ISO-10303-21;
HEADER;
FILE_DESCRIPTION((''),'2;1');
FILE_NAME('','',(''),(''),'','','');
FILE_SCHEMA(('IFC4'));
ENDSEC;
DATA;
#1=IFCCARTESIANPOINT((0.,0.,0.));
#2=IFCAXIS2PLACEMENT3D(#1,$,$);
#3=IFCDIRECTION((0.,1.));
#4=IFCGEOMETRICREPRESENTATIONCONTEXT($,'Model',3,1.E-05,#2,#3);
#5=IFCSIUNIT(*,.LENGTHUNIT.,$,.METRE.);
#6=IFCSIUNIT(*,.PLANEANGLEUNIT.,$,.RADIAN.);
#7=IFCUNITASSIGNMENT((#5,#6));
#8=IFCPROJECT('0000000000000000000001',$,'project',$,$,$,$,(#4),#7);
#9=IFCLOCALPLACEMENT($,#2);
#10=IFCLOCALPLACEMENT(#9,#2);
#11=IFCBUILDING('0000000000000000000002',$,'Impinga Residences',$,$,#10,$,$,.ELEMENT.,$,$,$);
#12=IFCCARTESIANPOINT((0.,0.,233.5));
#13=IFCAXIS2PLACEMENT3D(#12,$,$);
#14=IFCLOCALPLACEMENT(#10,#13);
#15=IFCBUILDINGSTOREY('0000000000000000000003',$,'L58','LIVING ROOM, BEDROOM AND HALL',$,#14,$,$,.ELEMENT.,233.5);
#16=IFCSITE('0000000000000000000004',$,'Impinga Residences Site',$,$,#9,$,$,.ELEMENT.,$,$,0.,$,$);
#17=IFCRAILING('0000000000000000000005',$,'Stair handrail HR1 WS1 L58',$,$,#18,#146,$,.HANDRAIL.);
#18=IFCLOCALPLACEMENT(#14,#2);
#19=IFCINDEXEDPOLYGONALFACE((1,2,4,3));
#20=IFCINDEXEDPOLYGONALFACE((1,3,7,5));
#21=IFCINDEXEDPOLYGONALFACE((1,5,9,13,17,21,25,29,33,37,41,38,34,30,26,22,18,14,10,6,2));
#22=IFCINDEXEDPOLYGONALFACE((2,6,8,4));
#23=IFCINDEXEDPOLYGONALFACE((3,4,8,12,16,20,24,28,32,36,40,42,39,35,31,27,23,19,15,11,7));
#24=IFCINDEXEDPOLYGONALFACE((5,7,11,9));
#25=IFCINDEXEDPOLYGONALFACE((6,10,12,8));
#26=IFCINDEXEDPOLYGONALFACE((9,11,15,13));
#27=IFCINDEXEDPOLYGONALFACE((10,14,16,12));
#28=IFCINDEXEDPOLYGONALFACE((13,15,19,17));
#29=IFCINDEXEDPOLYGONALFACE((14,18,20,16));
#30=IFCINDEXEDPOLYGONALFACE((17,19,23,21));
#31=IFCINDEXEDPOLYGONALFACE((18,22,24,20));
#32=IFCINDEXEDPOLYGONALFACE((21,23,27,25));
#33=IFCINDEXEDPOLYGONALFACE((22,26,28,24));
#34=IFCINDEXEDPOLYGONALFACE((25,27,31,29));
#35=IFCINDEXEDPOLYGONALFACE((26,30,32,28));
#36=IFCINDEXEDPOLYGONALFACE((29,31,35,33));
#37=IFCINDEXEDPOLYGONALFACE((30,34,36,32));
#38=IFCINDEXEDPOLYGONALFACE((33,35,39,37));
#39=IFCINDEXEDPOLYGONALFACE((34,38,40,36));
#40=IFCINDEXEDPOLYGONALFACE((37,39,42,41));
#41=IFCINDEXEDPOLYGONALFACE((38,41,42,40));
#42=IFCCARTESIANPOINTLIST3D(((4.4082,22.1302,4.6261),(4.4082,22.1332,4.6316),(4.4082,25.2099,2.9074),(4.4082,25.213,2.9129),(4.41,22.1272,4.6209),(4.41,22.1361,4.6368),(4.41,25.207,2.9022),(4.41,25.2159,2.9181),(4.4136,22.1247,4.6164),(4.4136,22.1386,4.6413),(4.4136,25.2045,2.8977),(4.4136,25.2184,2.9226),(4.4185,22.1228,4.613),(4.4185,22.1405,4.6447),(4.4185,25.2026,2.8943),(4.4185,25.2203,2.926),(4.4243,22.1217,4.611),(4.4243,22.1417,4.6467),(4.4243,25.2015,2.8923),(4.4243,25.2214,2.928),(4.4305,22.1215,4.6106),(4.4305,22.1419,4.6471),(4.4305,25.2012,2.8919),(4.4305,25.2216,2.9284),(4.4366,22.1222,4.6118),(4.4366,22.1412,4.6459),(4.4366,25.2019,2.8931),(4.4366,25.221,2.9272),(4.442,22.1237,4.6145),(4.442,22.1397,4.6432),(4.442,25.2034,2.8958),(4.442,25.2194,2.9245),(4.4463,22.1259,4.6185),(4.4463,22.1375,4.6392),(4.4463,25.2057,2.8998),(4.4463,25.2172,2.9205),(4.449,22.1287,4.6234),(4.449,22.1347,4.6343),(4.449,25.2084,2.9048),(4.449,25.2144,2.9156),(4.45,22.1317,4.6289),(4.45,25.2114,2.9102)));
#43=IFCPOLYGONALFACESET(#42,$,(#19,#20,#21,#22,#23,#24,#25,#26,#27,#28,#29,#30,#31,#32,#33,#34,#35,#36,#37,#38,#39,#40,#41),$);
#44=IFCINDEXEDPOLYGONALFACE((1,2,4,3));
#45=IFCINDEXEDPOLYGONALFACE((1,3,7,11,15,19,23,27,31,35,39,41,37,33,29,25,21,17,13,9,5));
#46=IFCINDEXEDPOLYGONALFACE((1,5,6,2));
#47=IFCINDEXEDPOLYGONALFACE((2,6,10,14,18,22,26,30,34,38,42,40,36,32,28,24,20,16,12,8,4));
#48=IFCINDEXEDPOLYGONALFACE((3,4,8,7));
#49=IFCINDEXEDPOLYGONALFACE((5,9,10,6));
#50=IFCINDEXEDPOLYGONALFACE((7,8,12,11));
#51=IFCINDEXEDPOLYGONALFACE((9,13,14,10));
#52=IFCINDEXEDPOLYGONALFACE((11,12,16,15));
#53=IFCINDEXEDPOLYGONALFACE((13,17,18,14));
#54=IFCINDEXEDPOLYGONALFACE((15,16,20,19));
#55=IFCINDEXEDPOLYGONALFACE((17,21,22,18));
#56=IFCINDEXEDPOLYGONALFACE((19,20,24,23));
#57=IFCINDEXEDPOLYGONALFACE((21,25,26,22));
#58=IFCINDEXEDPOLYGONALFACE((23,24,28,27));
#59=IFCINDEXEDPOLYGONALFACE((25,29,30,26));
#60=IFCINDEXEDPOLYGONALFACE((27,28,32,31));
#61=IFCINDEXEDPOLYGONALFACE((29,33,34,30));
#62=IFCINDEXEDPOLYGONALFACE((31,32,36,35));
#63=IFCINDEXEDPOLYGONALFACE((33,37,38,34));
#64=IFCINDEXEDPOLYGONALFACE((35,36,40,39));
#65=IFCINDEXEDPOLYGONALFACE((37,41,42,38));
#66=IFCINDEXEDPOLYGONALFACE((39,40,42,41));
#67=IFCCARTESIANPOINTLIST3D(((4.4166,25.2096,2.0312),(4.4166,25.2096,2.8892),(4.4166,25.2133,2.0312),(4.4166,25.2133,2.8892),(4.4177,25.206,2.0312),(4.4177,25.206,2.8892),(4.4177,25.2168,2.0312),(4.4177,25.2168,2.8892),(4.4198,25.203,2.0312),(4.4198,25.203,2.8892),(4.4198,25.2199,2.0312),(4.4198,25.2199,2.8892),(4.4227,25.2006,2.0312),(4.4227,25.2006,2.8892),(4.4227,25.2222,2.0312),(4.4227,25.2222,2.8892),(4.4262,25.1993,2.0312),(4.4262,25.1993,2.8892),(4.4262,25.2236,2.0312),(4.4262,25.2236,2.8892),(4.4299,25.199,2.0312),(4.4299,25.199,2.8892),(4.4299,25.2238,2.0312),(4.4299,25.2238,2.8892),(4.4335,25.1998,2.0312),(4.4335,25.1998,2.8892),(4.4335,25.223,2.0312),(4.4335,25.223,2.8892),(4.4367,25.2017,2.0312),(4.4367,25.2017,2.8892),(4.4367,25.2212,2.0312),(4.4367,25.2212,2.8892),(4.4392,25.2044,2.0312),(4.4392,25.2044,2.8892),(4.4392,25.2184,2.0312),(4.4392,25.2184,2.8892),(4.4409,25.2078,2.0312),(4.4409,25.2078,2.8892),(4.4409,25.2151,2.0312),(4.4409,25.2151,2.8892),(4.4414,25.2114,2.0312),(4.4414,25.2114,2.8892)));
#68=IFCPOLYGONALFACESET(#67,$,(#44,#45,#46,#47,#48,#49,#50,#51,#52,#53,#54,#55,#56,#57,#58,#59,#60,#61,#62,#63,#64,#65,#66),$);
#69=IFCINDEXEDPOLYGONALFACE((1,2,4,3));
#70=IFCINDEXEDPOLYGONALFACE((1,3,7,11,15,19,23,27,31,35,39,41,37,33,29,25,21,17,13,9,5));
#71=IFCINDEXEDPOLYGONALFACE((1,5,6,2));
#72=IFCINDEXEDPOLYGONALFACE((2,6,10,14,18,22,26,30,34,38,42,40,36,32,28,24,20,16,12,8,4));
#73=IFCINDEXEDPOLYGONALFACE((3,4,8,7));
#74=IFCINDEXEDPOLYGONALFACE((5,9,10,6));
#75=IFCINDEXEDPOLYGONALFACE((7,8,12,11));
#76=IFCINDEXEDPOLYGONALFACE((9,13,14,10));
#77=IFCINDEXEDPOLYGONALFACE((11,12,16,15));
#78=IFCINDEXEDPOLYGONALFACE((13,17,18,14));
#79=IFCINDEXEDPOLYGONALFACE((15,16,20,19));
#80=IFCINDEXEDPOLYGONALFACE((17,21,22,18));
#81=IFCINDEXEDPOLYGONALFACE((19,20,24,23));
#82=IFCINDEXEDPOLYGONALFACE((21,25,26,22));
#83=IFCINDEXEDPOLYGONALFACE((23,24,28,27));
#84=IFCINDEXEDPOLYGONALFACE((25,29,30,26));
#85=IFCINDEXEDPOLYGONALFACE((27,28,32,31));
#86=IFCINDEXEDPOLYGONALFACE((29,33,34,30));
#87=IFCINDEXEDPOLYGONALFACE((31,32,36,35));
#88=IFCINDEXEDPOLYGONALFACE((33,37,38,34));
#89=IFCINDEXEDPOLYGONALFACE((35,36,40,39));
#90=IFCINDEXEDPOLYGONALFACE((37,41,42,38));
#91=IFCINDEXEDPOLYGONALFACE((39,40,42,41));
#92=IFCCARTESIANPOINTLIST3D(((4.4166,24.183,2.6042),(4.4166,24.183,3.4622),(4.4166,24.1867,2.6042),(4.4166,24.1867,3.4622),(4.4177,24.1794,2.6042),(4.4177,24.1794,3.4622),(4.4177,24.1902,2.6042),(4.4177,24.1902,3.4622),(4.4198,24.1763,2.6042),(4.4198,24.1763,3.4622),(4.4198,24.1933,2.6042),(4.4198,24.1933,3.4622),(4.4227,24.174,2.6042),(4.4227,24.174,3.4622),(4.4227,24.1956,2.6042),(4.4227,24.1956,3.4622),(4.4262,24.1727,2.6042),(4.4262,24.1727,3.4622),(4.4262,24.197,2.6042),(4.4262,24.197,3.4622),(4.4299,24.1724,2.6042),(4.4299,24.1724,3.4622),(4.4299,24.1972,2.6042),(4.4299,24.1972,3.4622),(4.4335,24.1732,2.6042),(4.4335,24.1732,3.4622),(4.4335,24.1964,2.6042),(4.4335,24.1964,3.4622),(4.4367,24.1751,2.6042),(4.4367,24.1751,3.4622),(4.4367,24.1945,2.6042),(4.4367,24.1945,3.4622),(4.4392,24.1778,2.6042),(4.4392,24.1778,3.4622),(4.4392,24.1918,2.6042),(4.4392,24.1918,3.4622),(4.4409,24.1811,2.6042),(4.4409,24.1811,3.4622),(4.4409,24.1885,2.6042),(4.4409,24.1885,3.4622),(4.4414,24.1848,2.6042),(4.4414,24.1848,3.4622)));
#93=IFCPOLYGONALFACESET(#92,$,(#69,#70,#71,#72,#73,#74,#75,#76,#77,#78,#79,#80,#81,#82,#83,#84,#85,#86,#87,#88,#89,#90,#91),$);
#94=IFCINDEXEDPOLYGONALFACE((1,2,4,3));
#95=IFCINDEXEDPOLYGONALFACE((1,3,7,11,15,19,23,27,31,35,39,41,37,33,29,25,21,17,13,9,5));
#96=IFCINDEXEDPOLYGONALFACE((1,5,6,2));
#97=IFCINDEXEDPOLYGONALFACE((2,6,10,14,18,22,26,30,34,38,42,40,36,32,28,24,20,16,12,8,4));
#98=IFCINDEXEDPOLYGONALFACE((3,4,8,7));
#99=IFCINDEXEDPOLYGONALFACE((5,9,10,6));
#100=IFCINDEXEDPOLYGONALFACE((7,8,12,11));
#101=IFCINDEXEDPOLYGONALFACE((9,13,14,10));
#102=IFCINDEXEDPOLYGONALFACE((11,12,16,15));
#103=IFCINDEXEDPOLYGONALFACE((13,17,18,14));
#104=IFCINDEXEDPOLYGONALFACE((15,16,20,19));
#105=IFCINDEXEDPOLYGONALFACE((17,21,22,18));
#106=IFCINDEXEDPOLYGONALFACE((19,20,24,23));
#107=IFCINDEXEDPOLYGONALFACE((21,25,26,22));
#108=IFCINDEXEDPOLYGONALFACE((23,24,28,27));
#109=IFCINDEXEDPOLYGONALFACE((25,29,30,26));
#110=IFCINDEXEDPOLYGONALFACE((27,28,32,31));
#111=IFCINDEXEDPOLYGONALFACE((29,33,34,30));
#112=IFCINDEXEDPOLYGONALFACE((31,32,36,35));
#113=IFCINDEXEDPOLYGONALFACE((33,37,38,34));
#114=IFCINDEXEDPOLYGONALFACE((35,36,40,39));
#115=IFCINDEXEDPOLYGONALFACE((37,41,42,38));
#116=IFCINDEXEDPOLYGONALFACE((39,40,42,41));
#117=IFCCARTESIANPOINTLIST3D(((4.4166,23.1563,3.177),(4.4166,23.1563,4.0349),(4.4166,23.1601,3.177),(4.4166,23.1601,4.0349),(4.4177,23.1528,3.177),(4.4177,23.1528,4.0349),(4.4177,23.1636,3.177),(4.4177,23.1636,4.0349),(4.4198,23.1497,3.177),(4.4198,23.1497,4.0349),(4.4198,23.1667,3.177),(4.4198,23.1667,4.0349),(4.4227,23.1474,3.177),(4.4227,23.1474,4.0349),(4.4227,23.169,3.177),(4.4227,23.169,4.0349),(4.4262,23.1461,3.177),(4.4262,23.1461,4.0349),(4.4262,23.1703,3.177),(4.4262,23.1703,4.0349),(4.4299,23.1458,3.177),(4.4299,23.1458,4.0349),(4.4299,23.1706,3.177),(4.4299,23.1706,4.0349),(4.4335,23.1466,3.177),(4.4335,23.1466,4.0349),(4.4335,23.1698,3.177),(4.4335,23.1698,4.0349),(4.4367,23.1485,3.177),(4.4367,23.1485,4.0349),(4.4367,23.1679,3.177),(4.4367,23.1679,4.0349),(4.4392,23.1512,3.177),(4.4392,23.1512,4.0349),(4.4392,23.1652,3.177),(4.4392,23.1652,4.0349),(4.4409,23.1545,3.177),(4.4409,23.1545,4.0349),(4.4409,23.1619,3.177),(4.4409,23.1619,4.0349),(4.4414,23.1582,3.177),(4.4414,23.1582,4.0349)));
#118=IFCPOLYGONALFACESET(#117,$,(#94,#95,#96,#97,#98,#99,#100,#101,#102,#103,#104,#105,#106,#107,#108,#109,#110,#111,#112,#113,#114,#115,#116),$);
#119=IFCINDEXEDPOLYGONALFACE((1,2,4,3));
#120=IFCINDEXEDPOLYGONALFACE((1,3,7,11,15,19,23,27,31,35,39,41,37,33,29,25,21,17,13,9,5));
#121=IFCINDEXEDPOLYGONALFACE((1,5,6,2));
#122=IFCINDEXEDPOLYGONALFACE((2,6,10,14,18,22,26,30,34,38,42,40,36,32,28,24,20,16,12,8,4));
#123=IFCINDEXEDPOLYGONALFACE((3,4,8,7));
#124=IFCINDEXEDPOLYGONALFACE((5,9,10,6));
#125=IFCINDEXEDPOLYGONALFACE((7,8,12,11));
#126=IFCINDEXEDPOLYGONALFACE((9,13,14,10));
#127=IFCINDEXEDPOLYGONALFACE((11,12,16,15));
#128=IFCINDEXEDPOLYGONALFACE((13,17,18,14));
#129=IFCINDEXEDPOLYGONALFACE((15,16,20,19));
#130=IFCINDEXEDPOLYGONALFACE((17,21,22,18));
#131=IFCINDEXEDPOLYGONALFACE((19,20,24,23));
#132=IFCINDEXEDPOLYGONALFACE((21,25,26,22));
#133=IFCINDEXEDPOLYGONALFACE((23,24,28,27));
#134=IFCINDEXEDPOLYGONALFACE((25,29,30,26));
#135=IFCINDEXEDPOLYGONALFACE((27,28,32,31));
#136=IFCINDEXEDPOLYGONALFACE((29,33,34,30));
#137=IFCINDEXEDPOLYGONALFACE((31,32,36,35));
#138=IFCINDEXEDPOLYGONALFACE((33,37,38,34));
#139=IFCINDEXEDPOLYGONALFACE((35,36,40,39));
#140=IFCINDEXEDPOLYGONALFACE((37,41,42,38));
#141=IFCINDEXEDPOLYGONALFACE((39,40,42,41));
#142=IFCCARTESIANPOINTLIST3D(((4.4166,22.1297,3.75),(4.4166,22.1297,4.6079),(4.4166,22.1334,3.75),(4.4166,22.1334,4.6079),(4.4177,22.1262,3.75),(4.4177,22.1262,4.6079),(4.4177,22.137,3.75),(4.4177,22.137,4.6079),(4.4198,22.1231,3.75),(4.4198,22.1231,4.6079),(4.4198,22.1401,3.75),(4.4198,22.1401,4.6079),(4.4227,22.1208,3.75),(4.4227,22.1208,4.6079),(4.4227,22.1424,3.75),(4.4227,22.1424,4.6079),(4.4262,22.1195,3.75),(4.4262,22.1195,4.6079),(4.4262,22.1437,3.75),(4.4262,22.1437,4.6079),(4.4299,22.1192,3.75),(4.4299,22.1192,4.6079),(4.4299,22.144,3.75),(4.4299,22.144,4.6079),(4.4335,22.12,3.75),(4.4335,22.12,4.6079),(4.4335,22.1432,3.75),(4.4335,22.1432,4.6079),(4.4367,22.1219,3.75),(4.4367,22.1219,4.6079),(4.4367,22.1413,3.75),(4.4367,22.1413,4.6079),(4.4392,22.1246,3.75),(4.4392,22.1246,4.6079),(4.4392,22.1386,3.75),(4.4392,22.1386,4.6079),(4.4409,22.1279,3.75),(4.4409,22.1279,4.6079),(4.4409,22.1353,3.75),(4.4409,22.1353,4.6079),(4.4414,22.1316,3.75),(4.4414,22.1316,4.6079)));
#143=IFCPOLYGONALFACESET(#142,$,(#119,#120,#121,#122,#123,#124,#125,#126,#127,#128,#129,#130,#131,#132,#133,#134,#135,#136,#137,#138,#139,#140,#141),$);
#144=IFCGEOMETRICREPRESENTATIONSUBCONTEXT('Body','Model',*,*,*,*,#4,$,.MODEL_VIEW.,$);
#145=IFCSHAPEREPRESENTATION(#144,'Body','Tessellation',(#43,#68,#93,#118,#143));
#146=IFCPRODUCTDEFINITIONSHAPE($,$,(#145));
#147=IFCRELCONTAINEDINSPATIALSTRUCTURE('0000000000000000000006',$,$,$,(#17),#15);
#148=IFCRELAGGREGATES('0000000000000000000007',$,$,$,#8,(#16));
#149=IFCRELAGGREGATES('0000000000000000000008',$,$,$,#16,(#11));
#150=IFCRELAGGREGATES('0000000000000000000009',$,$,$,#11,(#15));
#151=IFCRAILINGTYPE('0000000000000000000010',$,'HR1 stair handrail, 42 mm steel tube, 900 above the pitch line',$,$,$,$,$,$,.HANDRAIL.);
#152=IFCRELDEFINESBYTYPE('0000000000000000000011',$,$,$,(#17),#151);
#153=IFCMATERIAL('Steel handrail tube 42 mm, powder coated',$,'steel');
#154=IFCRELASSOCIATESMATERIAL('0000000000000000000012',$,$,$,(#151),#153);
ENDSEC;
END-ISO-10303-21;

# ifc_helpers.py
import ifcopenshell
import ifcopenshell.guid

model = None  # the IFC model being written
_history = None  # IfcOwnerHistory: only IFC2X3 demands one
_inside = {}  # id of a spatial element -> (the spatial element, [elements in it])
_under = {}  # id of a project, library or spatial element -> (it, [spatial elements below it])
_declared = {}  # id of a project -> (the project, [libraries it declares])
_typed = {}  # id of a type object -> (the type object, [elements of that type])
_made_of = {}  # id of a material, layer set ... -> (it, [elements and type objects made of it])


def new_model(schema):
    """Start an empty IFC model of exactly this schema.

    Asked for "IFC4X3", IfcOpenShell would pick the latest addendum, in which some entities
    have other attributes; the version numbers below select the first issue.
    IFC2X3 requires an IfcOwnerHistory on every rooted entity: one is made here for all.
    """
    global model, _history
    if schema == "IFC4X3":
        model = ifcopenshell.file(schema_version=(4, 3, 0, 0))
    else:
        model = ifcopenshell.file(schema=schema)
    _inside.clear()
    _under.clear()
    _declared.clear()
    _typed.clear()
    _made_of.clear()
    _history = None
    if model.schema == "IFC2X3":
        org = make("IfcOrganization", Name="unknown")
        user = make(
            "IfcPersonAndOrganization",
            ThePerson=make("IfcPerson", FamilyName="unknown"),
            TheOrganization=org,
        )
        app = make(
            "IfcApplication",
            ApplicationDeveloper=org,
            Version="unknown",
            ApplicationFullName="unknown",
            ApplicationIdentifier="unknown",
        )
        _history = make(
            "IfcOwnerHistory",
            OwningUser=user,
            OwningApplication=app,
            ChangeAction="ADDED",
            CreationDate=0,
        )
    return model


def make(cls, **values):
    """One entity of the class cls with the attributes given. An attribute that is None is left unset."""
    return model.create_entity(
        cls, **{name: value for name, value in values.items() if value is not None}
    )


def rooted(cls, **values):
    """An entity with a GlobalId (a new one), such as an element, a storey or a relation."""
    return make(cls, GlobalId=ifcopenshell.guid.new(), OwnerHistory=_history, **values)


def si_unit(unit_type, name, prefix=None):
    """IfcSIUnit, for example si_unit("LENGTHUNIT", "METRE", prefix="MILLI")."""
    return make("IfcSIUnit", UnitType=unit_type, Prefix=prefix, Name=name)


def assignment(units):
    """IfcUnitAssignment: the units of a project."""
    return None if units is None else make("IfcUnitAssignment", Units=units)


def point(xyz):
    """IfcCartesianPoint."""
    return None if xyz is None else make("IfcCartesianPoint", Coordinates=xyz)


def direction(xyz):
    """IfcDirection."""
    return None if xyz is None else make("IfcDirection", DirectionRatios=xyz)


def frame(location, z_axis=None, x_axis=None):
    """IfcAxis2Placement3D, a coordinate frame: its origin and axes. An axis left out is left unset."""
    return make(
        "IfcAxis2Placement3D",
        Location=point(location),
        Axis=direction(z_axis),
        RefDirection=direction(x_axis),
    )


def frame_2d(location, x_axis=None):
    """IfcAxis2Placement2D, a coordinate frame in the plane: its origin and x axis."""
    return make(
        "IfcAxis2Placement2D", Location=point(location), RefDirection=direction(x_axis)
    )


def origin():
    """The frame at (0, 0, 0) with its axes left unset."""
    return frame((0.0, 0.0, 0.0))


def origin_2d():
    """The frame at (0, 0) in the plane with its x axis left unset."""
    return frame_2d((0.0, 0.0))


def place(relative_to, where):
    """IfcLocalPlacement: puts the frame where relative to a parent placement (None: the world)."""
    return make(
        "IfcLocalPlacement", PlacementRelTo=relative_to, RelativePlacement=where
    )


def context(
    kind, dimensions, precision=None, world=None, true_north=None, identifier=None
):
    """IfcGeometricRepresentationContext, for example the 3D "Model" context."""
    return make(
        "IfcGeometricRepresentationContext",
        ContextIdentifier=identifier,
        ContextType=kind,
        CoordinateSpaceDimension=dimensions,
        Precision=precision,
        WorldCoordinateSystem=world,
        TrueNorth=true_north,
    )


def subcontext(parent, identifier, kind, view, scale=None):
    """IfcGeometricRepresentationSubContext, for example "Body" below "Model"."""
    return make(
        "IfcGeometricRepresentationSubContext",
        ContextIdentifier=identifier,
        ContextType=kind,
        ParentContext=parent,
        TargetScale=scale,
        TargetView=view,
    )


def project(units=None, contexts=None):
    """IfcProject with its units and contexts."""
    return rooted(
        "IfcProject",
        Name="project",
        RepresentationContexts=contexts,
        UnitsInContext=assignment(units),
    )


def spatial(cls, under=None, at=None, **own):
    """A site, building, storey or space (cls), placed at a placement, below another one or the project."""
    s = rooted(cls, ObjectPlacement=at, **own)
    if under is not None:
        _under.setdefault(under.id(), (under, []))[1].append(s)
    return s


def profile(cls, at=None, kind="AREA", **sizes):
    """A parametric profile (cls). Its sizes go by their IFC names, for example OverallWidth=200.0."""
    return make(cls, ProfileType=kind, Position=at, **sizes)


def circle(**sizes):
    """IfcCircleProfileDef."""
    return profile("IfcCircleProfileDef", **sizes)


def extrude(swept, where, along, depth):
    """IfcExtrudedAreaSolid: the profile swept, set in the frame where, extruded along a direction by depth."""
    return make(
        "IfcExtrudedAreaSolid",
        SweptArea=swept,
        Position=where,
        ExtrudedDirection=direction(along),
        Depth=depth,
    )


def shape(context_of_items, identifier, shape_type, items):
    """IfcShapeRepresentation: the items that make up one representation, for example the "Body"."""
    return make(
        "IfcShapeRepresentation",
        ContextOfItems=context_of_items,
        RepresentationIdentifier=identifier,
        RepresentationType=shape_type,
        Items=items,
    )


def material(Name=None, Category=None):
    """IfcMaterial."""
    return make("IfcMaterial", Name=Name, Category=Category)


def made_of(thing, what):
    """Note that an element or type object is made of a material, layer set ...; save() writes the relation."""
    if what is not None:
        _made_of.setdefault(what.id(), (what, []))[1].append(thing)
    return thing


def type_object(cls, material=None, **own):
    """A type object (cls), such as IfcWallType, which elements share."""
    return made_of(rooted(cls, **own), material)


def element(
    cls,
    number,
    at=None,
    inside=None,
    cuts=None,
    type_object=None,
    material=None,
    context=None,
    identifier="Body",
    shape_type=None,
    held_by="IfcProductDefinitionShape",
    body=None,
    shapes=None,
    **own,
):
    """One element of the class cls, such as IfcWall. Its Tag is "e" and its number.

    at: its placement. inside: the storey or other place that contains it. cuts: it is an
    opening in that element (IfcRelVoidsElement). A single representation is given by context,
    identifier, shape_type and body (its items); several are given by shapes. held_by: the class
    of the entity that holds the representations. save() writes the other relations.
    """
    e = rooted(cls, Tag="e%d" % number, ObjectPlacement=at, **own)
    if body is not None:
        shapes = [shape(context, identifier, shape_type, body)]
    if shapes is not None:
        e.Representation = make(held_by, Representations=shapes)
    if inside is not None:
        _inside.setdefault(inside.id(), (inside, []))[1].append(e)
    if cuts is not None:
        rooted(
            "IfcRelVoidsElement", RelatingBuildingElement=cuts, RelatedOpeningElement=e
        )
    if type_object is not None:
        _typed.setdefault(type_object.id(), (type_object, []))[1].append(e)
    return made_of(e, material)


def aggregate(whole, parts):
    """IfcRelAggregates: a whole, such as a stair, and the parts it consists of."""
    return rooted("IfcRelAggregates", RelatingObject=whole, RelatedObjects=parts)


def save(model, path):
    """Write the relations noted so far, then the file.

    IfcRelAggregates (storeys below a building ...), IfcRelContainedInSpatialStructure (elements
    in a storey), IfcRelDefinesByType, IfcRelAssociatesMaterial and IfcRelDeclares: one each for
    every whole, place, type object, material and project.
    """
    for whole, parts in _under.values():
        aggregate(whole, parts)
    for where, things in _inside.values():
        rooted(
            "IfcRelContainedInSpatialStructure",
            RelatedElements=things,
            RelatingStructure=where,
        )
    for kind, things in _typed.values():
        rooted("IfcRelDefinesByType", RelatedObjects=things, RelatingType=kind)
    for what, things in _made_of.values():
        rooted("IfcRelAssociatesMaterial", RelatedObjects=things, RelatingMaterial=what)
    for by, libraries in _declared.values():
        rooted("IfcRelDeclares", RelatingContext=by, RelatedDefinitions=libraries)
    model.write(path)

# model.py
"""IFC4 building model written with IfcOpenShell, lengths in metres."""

from ifc_helpers import new_model, si_unit, direction, frame, origin, origin_2d, place, context, subcontext, project, spatial, circle, extrude, material, type_object, element, save


model = new_model("IFC4")

# Units and contexts
model_context = context("Model", 3, precision=1e-05, world=origin(), true_north=direction((0.0, 1.0)))
body_context = subcontext(model_context, "Body", "Model", "MODEL_VIEW")
ifc_project = project(units=[si_unit("LENGTHUNIT", "METRE"), si_unit("PLANEANGLEUNIT", "RADIAN")], contexts=[model_context])

# Site, building, storey
site_placement = place(None, origin())
site = spatial("IfcSite", under=ifc_project, at=site_placement, Name="Impinga Residences Site", CompositionType="ELEMENT", RefElevation=0.0)
building_placement = place(site_placement, origin())
building = spatial("IfcBuilding", under=site, at=building_placement, Name="Impinga Residences", CompositionType="ELEMENT")
storey_placement = place(building_placement, frame((0.0, 0.0, 233.5)))
storey = spatial("IfcBuildingStorey", under=building, at=storey_placement, Name="L58", Description="LIVING ROOM, BEDROOM AND HALL", CompositionType="ELEMENT", Elevation=233.5)

# Railing
ifc_material_1 = material(Name="Steel handrail tube 42 mm, powder coated", Category="steel")
railing_type_1 = type_object("IfcRailingType", Name="HR1 stair handrail, 42 mm steel tube, 900 above the pitch line", PredefinedType="HANDRAIL", material=ifc_material_1)
railing_1_placement = place(storey_placement, frame((4.429, 25.2114, 2.0312)))
element("IfcRailing", 1, at=railing_1_placement, inside=storey, type_object=railing_type_1, Name="Stair handrail HR1 WS1 L58", PredefinedType="HANDRAIL", context=body_context, shape_type="SweptSolid", body=[
    extrude(circle(Radius=0.021, at=origin_2d()), frame((0.0, 0.0, 0.8789), z_axis=(0.0, -0.873225, 0.487317), x_axis=(1.0, 0.0, 0.0)), (0.0, 0.0, 1.0), 3.5269),
    extrude(circle(Radius=0.0125, at=origin_2d()), origin(), (0.0, 0.0, 1.0), 0.8579),
    extrude(circle(Radius=0.0125, at=origin_2d()), frame((0.0, -1.0266, 0.573)), (0.0, 0.0, 1.0), 0.8579),
    extrude(circle(Radius=0.0125, at=origin_2d()), frame((0.0, -2.0532, 1.1458)), (0.0, 0.0, 1.0), 0.8579),
    extrude(circle(Radius=0.0125, at=origin_2d()), frame((0.0, -3.0798, 1.7188)), (0.0, 0.0, 1.0), 0.8579),
])

save(model, "model.ifc")
